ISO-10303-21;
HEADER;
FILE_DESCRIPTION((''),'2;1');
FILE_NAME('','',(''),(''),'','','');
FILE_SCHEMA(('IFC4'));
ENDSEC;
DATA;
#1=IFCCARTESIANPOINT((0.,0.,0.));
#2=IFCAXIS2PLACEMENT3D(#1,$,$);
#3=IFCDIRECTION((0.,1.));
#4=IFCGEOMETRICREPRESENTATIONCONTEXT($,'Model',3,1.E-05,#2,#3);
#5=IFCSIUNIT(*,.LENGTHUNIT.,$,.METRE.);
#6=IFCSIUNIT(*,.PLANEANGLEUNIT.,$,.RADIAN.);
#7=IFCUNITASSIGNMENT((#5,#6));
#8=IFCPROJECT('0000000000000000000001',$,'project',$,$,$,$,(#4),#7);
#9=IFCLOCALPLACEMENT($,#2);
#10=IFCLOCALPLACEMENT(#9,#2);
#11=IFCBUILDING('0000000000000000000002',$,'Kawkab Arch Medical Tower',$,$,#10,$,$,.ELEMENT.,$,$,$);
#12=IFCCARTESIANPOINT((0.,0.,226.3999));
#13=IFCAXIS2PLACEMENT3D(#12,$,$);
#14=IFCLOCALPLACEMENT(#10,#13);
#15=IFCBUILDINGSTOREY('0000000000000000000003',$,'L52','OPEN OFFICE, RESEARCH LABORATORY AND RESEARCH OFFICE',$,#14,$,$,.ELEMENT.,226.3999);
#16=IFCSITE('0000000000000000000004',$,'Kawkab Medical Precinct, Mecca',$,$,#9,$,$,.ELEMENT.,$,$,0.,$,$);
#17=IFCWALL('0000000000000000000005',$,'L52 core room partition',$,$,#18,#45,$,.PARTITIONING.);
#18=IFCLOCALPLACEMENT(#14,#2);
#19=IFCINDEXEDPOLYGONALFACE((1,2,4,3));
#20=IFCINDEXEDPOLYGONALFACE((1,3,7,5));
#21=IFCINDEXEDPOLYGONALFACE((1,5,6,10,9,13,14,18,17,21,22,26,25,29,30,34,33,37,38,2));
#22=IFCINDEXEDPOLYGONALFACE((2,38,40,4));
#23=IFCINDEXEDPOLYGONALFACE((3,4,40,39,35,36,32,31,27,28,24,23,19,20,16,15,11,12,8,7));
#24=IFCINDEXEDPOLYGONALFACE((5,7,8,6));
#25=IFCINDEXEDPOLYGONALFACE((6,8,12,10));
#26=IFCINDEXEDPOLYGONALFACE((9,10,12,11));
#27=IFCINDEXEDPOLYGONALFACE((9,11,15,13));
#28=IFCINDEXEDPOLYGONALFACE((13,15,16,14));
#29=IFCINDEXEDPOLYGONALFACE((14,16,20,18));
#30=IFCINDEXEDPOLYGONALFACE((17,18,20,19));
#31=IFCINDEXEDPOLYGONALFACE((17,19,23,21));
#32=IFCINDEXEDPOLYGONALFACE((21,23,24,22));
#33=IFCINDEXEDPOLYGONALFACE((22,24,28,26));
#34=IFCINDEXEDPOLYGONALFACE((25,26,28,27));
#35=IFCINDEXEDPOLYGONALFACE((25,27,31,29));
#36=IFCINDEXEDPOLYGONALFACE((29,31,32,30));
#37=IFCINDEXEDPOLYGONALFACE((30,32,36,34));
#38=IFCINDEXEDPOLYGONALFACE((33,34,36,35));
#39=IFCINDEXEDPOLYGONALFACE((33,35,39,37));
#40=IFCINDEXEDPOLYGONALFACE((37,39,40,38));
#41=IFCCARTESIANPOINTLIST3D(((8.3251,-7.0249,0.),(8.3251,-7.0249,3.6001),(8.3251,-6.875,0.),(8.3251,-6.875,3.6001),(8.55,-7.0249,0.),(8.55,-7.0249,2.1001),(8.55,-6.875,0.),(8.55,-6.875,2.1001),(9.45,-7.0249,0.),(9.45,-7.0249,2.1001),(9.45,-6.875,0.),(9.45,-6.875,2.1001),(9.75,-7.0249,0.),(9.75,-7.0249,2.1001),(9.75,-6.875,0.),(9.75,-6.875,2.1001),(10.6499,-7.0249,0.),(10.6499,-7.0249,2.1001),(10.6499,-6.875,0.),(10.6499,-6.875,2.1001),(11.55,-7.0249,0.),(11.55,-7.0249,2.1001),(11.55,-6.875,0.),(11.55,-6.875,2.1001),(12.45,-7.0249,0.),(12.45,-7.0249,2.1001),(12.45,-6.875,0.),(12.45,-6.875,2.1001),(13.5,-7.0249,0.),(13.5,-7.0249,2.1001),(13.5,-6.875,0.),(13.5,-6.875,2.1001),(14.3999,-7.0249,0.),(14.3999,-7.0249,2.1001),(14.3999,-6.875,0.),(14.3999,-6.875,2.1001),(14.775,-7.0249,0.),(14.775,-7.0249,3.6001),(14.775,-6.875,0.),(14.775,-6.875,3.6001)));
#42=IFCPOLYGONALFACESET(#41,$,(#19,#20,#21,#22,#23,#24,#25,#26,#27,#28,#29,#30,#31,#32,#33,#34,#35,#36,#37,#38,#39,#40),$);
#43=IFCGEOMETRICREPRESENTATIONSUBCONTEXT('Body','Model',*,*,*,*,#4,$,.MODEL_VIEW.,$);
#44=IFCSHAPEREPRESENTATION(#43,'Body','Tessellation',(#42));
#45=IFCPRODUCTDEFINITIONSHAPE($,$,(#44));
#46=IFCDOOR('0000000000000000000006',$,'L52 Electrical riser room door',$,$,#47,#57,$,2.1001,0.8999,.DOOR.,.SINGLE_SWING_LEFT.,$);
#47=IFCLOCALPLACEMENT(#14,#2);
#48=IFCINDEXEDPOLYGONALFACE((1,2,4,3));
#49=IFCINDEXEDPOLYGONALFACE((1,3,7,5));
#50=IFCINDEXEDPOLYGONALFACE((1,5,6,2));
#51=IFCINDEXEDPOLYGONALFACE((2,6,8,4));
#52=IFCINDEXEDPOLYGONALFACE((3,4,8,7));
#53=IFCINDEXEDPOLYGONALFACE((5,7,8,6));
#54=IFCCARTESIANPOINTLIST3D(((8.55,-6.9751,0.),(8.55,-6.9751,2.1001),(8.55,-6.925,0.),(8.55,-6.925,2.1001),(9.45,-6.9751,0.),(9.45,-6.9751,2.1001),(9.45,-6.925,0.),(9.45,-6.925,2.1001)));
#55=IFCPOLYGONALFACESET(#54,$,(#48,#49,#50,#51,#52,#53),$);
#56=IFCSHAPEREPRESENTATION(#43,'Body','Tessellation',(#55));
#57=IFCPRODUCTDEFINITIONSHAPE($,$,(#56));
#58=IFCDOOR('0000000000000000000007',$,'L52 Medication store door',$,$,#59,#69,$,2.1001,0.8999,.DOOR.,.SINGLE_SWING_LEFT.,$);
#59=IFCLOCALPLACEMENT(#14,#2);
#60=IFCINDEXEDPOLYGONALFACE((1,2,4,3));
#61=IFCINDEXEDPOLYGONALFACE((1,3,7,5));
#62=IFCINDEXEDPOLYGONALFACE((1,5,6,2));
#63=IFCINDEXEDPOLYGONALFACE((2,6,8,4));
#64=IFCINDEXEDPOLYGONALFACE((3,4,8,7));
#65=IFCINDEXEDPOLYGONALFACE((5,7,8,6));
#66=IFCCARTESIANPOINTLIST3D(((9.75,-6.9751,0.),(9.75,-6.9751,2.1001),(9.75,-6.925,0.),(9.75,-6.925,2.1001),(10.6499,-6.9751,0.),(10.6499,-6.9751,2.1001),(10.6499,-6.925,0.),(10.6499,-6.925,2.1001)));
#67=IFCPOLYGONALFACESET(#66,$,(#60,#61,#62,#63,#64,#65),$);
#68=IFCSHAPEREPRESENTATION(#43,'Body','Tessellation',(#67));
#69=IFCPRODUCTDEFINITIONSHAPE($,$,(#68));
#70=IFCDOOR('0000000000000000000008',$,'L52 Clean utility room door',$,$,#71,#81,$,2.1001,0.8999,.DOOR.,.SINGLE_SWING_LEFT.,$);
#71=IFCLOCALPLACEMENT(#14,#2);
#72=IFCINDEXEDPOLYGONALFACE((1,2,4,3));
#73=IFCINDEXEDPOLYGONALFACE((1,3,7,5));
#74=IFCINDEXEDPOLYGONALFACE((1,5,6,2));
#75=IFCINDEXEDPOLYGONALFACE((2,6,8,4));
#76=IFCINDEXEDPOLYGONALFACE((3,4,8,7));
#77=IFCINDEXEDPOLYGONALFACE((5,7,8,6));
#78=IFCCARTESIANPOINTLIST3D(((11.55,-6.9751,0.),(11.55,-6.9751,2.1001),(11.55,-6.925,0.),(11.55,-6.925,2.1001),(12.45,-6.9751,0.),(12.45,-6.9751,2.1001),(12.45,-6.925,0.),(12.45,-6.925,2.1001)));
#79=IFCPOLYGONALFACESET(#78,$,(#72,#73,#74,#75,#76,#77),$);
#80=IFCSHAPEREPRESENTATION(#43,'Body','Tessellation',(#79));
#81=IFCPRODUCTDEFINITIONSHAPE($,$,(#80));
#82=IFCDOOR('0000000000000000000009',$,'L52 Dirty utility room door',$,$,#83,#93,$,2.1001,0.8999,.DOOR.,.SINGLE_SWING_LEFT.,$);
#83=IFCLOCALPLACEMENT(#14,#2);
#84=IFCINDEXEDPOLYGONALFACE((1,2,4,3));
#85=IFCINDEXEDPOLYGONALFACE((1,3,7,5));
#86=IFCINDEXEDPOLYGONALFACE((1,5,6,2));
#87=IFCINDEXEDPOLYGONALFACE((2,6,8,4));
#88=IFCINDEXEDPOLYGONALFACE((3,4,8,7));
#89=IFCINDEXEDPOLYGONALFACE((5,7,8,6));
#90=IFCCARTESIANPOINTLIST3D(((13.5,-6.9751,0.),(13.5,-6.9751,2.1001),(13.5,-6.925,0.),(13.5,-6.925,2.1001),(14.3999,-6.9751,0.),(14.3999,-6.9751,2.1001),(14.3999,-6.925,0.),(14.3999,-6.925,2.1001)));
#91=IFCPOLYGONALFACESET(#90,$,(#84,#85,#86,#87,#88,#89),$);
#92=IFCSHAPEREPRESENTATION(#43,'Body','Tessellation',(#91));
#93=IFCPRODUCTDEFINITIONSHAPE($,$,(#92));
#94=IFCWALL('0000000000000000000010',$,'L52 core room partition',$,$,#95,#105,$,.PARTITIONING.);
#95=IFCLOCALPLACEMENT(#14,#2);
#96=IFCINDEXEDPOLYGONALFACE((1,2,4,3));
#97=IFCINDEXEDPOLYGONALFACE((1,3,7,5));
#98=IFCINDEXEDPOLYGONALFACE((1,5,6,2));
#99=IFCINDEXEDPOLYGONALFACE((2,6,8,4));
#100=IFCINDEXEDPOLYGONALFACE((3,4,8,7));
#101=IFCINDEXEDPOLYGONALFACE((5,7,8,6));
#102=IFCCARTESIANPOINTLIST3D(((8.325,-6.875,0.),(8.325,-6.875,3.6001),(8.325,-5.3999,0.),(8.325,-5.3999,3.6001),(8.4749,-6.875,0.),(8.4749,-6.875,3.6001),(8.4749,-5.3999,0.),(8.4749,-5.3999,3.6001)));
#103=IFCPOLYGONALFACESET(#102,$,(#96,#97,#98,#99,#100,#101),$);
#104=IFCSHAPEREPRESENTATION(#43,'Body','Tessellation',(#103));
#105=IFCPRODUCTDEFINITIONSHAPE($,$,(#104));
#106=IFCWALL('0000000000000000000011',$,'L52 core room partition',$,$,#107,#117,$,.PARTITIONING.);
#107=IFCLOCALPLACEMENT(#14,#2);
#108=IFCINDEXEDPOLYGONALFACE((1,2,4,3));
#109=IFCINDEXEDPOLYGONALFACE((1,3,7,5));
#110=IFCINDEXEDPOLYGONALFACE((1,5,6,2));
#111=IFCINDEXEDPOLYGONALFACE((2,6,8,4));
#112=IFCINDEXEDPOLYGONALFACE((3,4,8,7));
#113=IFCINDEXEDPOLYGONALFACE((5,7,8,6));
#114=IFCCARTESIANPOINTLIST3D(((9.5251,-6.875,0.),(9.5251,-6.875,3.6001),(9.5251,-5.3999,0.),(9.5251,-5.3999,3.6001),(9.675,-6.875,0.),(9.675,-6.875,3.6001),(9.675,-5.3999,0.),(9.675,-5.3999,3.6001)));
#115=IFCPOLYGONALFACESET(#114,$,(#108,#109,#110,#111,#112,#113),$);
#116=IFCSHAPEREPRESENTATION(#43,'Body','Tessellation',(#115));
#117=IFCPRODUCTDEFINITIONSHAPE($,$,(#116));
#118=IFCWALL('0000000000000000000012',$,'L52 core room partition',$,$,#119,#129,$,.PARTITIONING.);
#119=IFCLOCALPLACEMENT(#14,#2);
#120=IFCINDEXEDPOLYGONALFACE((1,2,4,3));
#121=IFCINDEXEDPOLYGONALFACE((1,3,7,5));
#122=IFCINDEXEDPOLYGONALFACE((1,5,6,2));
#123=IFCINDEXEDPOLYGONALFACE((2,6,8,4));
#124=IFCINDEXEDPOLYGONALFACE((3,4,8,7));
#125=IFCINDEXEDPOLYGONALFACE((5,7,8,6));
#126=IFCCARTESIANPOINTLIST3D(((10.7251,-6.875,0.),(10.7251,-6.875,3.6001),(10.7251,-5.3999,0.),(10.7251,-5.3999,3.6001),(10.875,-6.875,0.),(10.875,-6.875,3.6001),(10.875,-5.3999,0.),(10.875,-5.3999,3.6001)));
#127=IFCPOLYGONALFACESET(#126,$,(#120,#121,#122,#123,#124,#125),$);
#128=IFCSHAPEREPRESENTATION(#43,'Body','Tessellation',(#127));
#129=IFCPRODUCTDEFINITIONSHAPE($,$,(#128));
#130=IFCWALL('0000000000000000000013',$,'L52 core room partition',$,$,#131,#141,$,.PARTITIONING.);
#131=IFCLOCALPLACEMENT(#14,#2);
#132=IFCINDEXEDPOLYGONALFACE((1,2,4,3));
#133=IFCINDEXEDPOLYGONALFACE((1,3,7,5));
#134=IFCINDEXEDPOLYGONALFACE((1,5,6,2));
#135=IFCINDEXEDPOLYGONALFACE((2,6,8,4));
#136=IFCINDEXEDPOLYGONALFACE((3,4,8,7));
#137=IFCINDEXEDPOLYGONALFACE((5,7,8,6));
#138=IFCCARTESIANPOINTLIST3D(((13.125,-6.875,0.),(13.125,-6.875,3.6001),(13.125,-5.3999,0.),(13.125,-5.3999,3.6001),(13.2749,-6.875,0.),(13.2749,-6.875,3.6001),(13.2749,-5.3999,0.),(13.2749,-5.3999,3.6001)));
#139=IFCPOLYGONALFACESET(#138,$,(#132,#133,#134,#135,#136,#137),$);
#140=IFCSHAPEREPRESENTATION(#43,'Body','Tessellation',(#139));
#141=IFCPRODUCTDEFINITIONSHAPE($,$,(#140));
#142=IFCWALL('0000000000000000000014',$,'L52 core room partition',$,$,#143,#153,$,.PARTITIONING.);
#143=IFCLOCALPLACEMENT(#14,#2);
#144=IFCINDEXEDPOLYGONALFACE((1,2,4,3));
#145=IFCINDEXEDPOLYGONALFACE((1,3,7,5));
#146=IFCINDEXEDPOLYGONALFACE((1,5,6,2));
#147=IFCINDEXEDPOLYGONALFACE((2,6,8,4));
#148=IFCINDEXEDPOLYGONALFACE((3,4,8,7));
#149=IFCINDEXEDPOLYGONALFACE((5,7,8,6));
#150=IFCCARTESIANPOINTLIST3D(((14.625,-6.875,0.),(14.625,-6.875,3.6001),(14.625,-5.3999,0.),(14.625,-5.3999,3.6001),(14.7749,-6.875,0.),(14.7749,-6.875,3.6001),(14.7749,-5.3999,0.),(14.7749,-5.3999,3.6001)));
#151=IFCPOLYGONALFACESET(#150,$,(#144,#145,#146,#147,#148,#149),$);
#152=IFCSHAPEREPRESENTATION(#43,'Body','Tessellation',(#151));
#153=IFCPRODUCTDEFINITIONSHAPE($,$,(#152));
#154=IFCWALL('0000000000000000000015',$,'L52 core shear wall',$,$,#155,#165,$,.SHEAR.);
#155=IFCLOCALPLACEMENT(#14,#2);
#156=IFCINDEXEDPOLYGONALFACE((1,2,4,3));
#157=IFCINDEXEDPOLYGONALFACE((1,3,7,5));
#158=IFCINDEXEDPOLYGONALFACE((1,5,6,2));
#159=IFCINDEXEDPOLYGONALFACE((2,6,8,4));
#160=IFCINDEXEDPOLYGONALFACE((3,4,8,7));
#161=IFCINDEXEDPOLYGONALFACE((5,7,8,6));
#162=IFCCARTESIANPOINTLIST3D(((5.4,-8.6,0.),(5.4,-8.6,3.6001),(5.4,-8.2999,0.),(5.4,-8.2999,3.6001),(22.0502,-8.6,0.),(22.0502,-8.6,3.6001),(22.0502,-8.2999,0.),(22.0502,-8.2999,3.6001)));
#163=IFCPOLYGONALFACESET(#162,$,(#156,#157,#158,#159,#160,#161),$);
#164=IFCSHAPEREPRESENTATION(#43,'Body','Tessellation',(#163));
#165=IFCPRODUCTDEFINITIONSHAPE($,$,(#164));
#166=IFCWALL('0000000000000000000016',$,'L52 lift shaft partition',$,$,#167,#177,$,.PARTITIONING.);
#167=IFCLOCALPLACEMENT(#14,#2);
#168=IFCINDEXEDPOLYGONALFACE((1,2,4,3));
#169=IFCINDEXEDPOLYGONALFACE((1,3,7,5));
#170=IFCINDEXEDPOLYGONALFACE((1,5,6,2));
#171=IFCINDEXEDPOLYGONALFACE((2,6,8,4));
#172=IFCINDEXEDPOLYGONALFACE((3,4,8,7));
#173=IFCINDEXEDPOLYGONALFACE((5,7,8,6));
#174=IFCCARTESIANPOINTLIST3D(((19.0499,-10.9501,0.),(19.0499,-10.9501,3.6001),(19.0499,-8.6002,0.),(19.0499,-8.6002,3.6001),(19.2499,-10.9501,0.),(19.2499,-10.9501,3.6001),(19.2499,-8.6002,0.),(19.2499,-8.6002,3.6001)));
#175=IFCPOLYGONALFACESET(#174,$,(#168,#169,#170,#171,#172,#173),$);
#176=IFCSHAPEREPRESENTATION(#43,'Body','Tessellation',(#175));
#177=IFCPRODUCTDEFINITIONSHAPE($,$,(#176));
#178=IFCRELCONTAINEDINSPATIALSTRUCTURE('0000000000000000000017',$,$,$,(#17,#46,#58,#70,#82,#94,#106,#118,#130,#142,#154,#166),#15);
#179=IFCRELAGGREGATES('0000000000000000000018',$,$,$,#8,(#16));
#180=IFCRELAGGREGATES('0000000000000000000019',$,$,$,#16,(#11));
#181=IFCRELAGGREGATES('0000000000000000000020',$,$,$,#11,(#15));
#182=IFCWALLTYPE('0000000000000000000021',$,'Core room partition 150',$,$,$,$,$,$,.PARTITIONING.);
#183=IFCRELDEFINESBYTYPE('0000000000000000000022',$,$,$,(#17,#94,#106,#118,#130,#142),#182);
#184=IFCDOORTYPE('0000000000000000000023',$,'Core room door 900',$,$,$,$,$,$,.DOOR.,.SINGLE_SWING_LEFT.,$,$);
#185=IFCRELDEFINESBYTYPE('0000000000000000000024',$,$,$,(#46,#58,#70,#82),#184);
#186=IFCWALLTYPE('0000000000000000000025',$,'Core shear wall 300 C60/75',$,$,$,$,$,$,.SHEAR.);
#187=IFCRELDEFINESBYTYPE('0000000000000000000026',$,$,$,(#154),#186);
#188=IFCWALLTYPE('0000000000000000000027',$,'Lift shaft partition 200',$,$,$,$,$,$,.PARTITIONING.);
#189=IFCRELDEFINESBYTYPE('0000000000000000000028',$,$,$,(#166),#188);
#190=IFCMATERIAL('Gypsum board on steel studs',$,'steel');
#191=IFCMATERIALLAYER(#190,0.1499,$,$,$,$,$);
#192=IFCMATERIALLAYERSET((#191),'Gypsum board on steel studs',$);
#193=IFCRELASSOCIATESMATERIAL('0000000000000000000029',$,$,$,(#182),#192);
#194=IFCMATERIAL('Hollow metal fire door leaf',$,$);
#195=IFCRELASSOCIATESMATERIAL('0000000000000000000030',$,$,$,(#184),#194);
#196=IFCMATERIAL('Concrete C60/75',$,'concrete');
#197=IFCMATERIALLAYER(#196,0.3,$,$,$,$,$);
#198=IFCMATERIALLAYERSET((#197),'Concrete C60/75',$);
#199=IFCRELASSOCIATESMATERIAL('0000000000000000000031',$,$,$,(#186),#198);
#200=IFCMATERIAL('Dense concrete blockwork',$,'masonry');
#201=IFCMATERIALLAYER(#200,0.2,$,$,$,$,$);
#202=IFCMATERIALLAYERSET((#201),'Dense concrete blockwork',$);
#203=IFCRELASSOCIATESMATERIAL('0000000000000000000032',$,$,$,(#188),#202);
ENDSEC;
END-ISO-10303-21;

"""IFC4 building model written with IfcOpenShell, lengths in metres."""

from ifc_helpers import new_model, si_unit, direction, frame, frame_2d, origin, place, context, subcontext, project, spatial, rectangle, extrude, material, layer, layer_set, type_object, element, fill, save


model = new_model("IFC4")

# Units and contexts
model_context = context("Model", 3, precision=1e-05, world=origin(), true_north=direction((0.0, 1.0)))
body_context = subcontext(model_context, "Body", "Model", "MODEL_VIEW")
ifc_project = project(units=[si_unit("LENGTHUNIT", "METRE"), si_unit("PLANEANGLEUNIT", "RADIAN")], contexts=[model_context])

# Site, building, storey
site_placement = place(None, origin())
site = spatial("IfcSite", under=ifc_project, at=site_placement, Name="Kawkab Medical Precinct, Mecca", CompositionType="ELEMENT", RefElevation=0.0)
building_placement = place(site_placement, origin())
building = spatial("IfcBuilding", under=site, at=building_placement, Name="Kawkab Arch Medical Tower", CompositionType="ELEMENT")
storey_placement = place(building_placement, frame((0.0, 0.0, 226.3999)))
storey = spatial("IfcBuildingStorey", under=building, at=storey_placement, Name="L52", Description="OPEN OFFICE, RESEARCH LABORATORY AND RESEARCH OFFICE", CompositionType="ELEMENT", Elevation=226.3999)

# Wall, openings, doors
ifc_material_1 = material(Name="Gypsum board on steel studs", Category="steel")
ifc_layer_1 = layer(ifc_material_1, 0.1499)
ifc_layer_set_1 = layer_set([ifc_layer_1], Name="Gypsum board on steel studs")
wall_type_1 = type_object("IfcWallType", Name="Core room partition 150", PredefinedType="PARTITIONING", material=ifc_layer_set_1)
wall_1_placement = place(storey_placement, frame((8.325, -6.95, 0.0), z_axis=(0.0, 0.0, 1.0), x_axis=(1.0, 0.0, 0.0)))
wall_1 = element("IfcWall", 1, at=wall_1_placement, inside=storey, type_object=wall_type_1, Name="L52 core room partition", PredefinedType="PARTITIONING", context=body_context, shape_type="SweptSolid", body=[
    extrude(rectangle(XDim=6.45, YDim=0.1499, at=frame_2d((3.2251, 0.0))), origin(), (0.0, 0.0, 1.0), 3.6001),
])
opening_1_placement = place(wall_1_placement, frame((0.2251, 0.0, 0.0)))
opening_1 = element("IfcOpeningElement", 2, at=opening_1_placement, cuts=wall_1, PredefinedType="OPENING", context=body_context, shape_type="SweptSolid", body=[
    extrude(rectangle(XDim=0.8999, YDim=2.1001, at=frame_2d((0.45, 1.05))), frame((0.0, 0.085, 0.0), z_axis=(0.0, -1.0, 0.0), x_axis=(1.0, 0.0, 0.0)), (0.0, 0.0, 1.0), 0.1699),
])
opening_2_placement = place(wall_1_placement, frame((1.425, 0.0, 0.0)))
opening_2 = element("IfcOpeningElement", 3, at=opening_2_placement, cuts=wall_1, PredefinedType="OPENING", context=body_context, shape_type="SweptSolid", body=[
    extrude(rectangle(XDim=0.8999, YDim=2.1001, at=frame_2d((0.45, 1.05))), frame((0.0, 0.085, 0.0), z_axis=(0.0, -1.0, 0.0), x_axis=(1.0, 0.0, 0.0)), (0.0, 0.0, 1.0), 0.1699),
])
opening_3_placement = place(wall_1_placement, frame((3.2251, 0.0, 0.0)))
opening_3 = element("IfcOpeningElement", 4, at=opening_3_placement, cuts=wall_1, PredefinedType="OPENING", context=body_context, shape_type="SweptSolid", body=[
    extrude(rectangle(XDim=0.8999, YDim=2.1001, at=frame_2d((0.45, 1.05))), frame((0.0, 0.085, 0.0), z_axis=(0.0, -1.0, 0.0), x_axis=(1.0, 0.0, 0.0)), (0.0, 0.0, 1.0), 0.1699),
])
opening_4_placement = place(wall_1_placement, frame((5.175, 0.0, 0.0)))
opening_4 = element("IfcOpeningElement", 5, at=opening_4_placement, cuts=wall_1, PredefinedType="OPENING", context=body_context, shape_type="SweptSolid", body=[
    extrude(rectangle(XDim=0.8999, YDim=2.1001, at=frame_2d((0.45, 1.05))), frame((0.0, 0.085, 0.0), z_axis=(0.0, -1.0, 0.0), x_axis=(1.0, 0.0, 0.0)), (0.0, 0.0, 1.0), 0.1699),
])
ifc_material_2 = material(Name="Hollow metal fire door leaf")
door_type = type_object("IfcDoorType", Name="Core room door 900", OperationType="SINGLE_SWING_LEFT", PredefinedType="DOOR", material=ifc_material_2)
door_1_placement = place(opening_1_placement, origin())
door_1 = element("IfcDoor", 6, at=door_1_placement, inside=storey, type_object=door_type, Name="L52 Electrical riser room door", OperationType="SINGLE_SWING_LEFT", OverallHeight=2.1001, OverallWidth=0.8999, PredefinedType="DOOR", context=body_context, shape_type="SweptSolid", body=[
    extrude(rectangle(XDim=0.8999, YDim=2.1001, at=frame_2d((0.45, 1.05))), frame((0.0, 0.0249, 0.0), z_axis=(0.0, -1.0, 0.0), x_axis=(1.0, 0.0, 0.0)), (0.0, 0.0, 1.0), 0.05),
])
fill(opening_1, door_1)
door_2_placement = place(opening_2_placement, origin())
door_2 = element("IfcDoor", 7, at=door_2_placement, inside=storey, type_object=door_type, Name="L52 Medication store door", OperationType="SINGLE_SWING_LEFT", OverallHeight=2.1001, OverallWidth=0.8999, PredefinedType="DOOR", context=body_context, shape_type="SweptSolid", body=[
    extrude(rectangle(XDim=0.8999, YDim=2.1001, at=frame_2d((0.45, 1.05))), frame((0.0, 0.0249, 0.0), z_axis=(0.0, -1.0, 0.0), x_axis=(1.0, 0.0, 0.0)), (0.0, 0.0, 1.0), 0.05),
])
fill(opening_2, door_2)
door_3_placement = place(opening_3_placement, origin())
door_3 = element("IfcDoor", 8, at=door_3_placement, inside=storey, type_object=door_type, Name="L52 Clean utility room door", OperationType="SINGLE_SWING_LEFT", OverallHeight=2.1001, OverallWidth=0.8999, PredefinedType="DOOR", context=body_context, shape_type="SweptSolid", body=[
    extrude(rectangle(XDim=0.8999, YDim=2.1001, at=frame_2d((0.45, 1.05))), frame((0.0, 0.0249, 0.0), z_axis=(0.0, -1.0, 0.0), x_axis=(1.0, 0.0, 0.0)), (0.0, 0.0, 1.0), 0.05),
])
fill(opening_3, door_3)
door_4_placement = place(opening_4_placement, origin())
door_4 = element("IfcDoor", 9, at=door_4_placement, inside=storey, type_object=door_type, Name="L52 Dirty utility room door", OperationType="SINGLE_SWING_LEFT", OverallHeight=2.1001, OverallWidth=0.8999, PredefinedType="DOOR", context=body_context, shape_type="SweptSolid", body=[
    extrude(rectangle(XDim=0.8999, YDim=2.1001, at=frame_2d((0.45, 1.05))), frame((0.0, 0.0249, 0.0), z_axis=(0.0, -1.0, 0.0), x_axis=(1.0, 0.0, 0.0)), (0.0, 0.0, 1.0), 0.05),
])
fill(opening_4, door_4)

# Walls
for number, where, z_axis, x_axis, name in (
    (10, (8.3999, -6.875, 0.0), (0.0, 0.0, 1.0), (0.0, 1.0, 0.0), "L52 core room partition"),
    (11, (9.6001, -6.875, 0.0), (0.0, 0.0, 1.0), (0.0, 1.0, 0.0), "L52 core room partition"),
    (12, (10.8, -6.875, 0.0), (0.0, 0.0, 1.0), (0.0, 1.0, 0.0), "L52 core room partition"),
    (13, (13.2, -6.875, 0.0), (0.0, 0.0, 1.0), (0.0, 1.0, 0.0), "L52 core room partition"),
    (14, (14.7, -6.875, 0.0), (0.0, 0.0, 1.0), (0.0, 1.0, 0.0), "L52 core room partition"),
):
    element("IfcWall", number, at=place(storey_placement, frame(where, z_axis=z_axis, x_axis=x_axis)), inside=storey, type_object=wall_type_1, Name=name, PredefinedType="PARTITIONING", context=body_context, shape_type="SweptSolid", body=[
        extrude(rectangle(XDim=1.4751, YDim=0.1499, at=frame_2d((0.7375, 0.0))), origin(), (0.0, 0.0, 1.0), 3.6001),
    ])
ifc_material_3 = material(Name="Concrete C60/75", Category="concrete")
ifc_layer_2 = layer(ifc_material_3, 0.3)
ifc_layer_set_2 = layer_set([ifc_layer_2], Name="Concrete C60/75")
wall_type_2 = type_object("IfcWallType", Name="Core shear wall 300 C60/75", PredefinedType="SHEAR", material=ifc_layer_set_2)
wall_2_placement = place(storey_placement, frame((5.3999, -8.45, 0.0), z_axis=(0.0, 0.0, 1.0), x_axis=(1.0, 0.0, 0.0)))
element("IfcWall", 15, at=wall_2_placement, inside=storey, type_object=wall_type_2, Name="L52 core shear wall", PredefinedType="SHEAR", context=body_context, shape_type="SweptSolid", body=[
    extrude(rectangle(XDim=16.6501, YDim=0.3, at=frame_2d((8.3252, 0.0))), origin(), (0.0, 0.0, 1.0), 3.6001),
])
ifc_material_4 = material(Name="Dense concrete blockwork", Category="masonry")
ifc_layer_3 = layer(ifc_material_4, 0.2)
ifc_layer_set_3 = layer_set([ifc_layer_3], Name="Dense concrete blockwork")
wall_type_3 = type_object("IfcWallType", Name="Lift shaft partition 200", PredefinedType="PARTITIONING", material=ifc_layer_set_3)
wall_3_placement = place(storey_placement, frame((19.1499, -10.95, 0.0), z_axis=(0.0, 0.0, 1.0), x_axis=(0.0, 1.0, 0.0)))
element("IfcWall", 16, at=wall_3_placement, inside=storey, type_object=wall_type_3, Name="L52 lift shaft partition", PredefinedType="PARTITIONING", context=body_context, shape_type="SweptSolid", body=[
    extrude(rectangle(XDim=2.3499, YDim=0.2, at=frame_2d((1.1748, 0.0))), origin(), (0.0, 0.0, 1.0), 3.6001),
])

save(model, "model.ifc")
